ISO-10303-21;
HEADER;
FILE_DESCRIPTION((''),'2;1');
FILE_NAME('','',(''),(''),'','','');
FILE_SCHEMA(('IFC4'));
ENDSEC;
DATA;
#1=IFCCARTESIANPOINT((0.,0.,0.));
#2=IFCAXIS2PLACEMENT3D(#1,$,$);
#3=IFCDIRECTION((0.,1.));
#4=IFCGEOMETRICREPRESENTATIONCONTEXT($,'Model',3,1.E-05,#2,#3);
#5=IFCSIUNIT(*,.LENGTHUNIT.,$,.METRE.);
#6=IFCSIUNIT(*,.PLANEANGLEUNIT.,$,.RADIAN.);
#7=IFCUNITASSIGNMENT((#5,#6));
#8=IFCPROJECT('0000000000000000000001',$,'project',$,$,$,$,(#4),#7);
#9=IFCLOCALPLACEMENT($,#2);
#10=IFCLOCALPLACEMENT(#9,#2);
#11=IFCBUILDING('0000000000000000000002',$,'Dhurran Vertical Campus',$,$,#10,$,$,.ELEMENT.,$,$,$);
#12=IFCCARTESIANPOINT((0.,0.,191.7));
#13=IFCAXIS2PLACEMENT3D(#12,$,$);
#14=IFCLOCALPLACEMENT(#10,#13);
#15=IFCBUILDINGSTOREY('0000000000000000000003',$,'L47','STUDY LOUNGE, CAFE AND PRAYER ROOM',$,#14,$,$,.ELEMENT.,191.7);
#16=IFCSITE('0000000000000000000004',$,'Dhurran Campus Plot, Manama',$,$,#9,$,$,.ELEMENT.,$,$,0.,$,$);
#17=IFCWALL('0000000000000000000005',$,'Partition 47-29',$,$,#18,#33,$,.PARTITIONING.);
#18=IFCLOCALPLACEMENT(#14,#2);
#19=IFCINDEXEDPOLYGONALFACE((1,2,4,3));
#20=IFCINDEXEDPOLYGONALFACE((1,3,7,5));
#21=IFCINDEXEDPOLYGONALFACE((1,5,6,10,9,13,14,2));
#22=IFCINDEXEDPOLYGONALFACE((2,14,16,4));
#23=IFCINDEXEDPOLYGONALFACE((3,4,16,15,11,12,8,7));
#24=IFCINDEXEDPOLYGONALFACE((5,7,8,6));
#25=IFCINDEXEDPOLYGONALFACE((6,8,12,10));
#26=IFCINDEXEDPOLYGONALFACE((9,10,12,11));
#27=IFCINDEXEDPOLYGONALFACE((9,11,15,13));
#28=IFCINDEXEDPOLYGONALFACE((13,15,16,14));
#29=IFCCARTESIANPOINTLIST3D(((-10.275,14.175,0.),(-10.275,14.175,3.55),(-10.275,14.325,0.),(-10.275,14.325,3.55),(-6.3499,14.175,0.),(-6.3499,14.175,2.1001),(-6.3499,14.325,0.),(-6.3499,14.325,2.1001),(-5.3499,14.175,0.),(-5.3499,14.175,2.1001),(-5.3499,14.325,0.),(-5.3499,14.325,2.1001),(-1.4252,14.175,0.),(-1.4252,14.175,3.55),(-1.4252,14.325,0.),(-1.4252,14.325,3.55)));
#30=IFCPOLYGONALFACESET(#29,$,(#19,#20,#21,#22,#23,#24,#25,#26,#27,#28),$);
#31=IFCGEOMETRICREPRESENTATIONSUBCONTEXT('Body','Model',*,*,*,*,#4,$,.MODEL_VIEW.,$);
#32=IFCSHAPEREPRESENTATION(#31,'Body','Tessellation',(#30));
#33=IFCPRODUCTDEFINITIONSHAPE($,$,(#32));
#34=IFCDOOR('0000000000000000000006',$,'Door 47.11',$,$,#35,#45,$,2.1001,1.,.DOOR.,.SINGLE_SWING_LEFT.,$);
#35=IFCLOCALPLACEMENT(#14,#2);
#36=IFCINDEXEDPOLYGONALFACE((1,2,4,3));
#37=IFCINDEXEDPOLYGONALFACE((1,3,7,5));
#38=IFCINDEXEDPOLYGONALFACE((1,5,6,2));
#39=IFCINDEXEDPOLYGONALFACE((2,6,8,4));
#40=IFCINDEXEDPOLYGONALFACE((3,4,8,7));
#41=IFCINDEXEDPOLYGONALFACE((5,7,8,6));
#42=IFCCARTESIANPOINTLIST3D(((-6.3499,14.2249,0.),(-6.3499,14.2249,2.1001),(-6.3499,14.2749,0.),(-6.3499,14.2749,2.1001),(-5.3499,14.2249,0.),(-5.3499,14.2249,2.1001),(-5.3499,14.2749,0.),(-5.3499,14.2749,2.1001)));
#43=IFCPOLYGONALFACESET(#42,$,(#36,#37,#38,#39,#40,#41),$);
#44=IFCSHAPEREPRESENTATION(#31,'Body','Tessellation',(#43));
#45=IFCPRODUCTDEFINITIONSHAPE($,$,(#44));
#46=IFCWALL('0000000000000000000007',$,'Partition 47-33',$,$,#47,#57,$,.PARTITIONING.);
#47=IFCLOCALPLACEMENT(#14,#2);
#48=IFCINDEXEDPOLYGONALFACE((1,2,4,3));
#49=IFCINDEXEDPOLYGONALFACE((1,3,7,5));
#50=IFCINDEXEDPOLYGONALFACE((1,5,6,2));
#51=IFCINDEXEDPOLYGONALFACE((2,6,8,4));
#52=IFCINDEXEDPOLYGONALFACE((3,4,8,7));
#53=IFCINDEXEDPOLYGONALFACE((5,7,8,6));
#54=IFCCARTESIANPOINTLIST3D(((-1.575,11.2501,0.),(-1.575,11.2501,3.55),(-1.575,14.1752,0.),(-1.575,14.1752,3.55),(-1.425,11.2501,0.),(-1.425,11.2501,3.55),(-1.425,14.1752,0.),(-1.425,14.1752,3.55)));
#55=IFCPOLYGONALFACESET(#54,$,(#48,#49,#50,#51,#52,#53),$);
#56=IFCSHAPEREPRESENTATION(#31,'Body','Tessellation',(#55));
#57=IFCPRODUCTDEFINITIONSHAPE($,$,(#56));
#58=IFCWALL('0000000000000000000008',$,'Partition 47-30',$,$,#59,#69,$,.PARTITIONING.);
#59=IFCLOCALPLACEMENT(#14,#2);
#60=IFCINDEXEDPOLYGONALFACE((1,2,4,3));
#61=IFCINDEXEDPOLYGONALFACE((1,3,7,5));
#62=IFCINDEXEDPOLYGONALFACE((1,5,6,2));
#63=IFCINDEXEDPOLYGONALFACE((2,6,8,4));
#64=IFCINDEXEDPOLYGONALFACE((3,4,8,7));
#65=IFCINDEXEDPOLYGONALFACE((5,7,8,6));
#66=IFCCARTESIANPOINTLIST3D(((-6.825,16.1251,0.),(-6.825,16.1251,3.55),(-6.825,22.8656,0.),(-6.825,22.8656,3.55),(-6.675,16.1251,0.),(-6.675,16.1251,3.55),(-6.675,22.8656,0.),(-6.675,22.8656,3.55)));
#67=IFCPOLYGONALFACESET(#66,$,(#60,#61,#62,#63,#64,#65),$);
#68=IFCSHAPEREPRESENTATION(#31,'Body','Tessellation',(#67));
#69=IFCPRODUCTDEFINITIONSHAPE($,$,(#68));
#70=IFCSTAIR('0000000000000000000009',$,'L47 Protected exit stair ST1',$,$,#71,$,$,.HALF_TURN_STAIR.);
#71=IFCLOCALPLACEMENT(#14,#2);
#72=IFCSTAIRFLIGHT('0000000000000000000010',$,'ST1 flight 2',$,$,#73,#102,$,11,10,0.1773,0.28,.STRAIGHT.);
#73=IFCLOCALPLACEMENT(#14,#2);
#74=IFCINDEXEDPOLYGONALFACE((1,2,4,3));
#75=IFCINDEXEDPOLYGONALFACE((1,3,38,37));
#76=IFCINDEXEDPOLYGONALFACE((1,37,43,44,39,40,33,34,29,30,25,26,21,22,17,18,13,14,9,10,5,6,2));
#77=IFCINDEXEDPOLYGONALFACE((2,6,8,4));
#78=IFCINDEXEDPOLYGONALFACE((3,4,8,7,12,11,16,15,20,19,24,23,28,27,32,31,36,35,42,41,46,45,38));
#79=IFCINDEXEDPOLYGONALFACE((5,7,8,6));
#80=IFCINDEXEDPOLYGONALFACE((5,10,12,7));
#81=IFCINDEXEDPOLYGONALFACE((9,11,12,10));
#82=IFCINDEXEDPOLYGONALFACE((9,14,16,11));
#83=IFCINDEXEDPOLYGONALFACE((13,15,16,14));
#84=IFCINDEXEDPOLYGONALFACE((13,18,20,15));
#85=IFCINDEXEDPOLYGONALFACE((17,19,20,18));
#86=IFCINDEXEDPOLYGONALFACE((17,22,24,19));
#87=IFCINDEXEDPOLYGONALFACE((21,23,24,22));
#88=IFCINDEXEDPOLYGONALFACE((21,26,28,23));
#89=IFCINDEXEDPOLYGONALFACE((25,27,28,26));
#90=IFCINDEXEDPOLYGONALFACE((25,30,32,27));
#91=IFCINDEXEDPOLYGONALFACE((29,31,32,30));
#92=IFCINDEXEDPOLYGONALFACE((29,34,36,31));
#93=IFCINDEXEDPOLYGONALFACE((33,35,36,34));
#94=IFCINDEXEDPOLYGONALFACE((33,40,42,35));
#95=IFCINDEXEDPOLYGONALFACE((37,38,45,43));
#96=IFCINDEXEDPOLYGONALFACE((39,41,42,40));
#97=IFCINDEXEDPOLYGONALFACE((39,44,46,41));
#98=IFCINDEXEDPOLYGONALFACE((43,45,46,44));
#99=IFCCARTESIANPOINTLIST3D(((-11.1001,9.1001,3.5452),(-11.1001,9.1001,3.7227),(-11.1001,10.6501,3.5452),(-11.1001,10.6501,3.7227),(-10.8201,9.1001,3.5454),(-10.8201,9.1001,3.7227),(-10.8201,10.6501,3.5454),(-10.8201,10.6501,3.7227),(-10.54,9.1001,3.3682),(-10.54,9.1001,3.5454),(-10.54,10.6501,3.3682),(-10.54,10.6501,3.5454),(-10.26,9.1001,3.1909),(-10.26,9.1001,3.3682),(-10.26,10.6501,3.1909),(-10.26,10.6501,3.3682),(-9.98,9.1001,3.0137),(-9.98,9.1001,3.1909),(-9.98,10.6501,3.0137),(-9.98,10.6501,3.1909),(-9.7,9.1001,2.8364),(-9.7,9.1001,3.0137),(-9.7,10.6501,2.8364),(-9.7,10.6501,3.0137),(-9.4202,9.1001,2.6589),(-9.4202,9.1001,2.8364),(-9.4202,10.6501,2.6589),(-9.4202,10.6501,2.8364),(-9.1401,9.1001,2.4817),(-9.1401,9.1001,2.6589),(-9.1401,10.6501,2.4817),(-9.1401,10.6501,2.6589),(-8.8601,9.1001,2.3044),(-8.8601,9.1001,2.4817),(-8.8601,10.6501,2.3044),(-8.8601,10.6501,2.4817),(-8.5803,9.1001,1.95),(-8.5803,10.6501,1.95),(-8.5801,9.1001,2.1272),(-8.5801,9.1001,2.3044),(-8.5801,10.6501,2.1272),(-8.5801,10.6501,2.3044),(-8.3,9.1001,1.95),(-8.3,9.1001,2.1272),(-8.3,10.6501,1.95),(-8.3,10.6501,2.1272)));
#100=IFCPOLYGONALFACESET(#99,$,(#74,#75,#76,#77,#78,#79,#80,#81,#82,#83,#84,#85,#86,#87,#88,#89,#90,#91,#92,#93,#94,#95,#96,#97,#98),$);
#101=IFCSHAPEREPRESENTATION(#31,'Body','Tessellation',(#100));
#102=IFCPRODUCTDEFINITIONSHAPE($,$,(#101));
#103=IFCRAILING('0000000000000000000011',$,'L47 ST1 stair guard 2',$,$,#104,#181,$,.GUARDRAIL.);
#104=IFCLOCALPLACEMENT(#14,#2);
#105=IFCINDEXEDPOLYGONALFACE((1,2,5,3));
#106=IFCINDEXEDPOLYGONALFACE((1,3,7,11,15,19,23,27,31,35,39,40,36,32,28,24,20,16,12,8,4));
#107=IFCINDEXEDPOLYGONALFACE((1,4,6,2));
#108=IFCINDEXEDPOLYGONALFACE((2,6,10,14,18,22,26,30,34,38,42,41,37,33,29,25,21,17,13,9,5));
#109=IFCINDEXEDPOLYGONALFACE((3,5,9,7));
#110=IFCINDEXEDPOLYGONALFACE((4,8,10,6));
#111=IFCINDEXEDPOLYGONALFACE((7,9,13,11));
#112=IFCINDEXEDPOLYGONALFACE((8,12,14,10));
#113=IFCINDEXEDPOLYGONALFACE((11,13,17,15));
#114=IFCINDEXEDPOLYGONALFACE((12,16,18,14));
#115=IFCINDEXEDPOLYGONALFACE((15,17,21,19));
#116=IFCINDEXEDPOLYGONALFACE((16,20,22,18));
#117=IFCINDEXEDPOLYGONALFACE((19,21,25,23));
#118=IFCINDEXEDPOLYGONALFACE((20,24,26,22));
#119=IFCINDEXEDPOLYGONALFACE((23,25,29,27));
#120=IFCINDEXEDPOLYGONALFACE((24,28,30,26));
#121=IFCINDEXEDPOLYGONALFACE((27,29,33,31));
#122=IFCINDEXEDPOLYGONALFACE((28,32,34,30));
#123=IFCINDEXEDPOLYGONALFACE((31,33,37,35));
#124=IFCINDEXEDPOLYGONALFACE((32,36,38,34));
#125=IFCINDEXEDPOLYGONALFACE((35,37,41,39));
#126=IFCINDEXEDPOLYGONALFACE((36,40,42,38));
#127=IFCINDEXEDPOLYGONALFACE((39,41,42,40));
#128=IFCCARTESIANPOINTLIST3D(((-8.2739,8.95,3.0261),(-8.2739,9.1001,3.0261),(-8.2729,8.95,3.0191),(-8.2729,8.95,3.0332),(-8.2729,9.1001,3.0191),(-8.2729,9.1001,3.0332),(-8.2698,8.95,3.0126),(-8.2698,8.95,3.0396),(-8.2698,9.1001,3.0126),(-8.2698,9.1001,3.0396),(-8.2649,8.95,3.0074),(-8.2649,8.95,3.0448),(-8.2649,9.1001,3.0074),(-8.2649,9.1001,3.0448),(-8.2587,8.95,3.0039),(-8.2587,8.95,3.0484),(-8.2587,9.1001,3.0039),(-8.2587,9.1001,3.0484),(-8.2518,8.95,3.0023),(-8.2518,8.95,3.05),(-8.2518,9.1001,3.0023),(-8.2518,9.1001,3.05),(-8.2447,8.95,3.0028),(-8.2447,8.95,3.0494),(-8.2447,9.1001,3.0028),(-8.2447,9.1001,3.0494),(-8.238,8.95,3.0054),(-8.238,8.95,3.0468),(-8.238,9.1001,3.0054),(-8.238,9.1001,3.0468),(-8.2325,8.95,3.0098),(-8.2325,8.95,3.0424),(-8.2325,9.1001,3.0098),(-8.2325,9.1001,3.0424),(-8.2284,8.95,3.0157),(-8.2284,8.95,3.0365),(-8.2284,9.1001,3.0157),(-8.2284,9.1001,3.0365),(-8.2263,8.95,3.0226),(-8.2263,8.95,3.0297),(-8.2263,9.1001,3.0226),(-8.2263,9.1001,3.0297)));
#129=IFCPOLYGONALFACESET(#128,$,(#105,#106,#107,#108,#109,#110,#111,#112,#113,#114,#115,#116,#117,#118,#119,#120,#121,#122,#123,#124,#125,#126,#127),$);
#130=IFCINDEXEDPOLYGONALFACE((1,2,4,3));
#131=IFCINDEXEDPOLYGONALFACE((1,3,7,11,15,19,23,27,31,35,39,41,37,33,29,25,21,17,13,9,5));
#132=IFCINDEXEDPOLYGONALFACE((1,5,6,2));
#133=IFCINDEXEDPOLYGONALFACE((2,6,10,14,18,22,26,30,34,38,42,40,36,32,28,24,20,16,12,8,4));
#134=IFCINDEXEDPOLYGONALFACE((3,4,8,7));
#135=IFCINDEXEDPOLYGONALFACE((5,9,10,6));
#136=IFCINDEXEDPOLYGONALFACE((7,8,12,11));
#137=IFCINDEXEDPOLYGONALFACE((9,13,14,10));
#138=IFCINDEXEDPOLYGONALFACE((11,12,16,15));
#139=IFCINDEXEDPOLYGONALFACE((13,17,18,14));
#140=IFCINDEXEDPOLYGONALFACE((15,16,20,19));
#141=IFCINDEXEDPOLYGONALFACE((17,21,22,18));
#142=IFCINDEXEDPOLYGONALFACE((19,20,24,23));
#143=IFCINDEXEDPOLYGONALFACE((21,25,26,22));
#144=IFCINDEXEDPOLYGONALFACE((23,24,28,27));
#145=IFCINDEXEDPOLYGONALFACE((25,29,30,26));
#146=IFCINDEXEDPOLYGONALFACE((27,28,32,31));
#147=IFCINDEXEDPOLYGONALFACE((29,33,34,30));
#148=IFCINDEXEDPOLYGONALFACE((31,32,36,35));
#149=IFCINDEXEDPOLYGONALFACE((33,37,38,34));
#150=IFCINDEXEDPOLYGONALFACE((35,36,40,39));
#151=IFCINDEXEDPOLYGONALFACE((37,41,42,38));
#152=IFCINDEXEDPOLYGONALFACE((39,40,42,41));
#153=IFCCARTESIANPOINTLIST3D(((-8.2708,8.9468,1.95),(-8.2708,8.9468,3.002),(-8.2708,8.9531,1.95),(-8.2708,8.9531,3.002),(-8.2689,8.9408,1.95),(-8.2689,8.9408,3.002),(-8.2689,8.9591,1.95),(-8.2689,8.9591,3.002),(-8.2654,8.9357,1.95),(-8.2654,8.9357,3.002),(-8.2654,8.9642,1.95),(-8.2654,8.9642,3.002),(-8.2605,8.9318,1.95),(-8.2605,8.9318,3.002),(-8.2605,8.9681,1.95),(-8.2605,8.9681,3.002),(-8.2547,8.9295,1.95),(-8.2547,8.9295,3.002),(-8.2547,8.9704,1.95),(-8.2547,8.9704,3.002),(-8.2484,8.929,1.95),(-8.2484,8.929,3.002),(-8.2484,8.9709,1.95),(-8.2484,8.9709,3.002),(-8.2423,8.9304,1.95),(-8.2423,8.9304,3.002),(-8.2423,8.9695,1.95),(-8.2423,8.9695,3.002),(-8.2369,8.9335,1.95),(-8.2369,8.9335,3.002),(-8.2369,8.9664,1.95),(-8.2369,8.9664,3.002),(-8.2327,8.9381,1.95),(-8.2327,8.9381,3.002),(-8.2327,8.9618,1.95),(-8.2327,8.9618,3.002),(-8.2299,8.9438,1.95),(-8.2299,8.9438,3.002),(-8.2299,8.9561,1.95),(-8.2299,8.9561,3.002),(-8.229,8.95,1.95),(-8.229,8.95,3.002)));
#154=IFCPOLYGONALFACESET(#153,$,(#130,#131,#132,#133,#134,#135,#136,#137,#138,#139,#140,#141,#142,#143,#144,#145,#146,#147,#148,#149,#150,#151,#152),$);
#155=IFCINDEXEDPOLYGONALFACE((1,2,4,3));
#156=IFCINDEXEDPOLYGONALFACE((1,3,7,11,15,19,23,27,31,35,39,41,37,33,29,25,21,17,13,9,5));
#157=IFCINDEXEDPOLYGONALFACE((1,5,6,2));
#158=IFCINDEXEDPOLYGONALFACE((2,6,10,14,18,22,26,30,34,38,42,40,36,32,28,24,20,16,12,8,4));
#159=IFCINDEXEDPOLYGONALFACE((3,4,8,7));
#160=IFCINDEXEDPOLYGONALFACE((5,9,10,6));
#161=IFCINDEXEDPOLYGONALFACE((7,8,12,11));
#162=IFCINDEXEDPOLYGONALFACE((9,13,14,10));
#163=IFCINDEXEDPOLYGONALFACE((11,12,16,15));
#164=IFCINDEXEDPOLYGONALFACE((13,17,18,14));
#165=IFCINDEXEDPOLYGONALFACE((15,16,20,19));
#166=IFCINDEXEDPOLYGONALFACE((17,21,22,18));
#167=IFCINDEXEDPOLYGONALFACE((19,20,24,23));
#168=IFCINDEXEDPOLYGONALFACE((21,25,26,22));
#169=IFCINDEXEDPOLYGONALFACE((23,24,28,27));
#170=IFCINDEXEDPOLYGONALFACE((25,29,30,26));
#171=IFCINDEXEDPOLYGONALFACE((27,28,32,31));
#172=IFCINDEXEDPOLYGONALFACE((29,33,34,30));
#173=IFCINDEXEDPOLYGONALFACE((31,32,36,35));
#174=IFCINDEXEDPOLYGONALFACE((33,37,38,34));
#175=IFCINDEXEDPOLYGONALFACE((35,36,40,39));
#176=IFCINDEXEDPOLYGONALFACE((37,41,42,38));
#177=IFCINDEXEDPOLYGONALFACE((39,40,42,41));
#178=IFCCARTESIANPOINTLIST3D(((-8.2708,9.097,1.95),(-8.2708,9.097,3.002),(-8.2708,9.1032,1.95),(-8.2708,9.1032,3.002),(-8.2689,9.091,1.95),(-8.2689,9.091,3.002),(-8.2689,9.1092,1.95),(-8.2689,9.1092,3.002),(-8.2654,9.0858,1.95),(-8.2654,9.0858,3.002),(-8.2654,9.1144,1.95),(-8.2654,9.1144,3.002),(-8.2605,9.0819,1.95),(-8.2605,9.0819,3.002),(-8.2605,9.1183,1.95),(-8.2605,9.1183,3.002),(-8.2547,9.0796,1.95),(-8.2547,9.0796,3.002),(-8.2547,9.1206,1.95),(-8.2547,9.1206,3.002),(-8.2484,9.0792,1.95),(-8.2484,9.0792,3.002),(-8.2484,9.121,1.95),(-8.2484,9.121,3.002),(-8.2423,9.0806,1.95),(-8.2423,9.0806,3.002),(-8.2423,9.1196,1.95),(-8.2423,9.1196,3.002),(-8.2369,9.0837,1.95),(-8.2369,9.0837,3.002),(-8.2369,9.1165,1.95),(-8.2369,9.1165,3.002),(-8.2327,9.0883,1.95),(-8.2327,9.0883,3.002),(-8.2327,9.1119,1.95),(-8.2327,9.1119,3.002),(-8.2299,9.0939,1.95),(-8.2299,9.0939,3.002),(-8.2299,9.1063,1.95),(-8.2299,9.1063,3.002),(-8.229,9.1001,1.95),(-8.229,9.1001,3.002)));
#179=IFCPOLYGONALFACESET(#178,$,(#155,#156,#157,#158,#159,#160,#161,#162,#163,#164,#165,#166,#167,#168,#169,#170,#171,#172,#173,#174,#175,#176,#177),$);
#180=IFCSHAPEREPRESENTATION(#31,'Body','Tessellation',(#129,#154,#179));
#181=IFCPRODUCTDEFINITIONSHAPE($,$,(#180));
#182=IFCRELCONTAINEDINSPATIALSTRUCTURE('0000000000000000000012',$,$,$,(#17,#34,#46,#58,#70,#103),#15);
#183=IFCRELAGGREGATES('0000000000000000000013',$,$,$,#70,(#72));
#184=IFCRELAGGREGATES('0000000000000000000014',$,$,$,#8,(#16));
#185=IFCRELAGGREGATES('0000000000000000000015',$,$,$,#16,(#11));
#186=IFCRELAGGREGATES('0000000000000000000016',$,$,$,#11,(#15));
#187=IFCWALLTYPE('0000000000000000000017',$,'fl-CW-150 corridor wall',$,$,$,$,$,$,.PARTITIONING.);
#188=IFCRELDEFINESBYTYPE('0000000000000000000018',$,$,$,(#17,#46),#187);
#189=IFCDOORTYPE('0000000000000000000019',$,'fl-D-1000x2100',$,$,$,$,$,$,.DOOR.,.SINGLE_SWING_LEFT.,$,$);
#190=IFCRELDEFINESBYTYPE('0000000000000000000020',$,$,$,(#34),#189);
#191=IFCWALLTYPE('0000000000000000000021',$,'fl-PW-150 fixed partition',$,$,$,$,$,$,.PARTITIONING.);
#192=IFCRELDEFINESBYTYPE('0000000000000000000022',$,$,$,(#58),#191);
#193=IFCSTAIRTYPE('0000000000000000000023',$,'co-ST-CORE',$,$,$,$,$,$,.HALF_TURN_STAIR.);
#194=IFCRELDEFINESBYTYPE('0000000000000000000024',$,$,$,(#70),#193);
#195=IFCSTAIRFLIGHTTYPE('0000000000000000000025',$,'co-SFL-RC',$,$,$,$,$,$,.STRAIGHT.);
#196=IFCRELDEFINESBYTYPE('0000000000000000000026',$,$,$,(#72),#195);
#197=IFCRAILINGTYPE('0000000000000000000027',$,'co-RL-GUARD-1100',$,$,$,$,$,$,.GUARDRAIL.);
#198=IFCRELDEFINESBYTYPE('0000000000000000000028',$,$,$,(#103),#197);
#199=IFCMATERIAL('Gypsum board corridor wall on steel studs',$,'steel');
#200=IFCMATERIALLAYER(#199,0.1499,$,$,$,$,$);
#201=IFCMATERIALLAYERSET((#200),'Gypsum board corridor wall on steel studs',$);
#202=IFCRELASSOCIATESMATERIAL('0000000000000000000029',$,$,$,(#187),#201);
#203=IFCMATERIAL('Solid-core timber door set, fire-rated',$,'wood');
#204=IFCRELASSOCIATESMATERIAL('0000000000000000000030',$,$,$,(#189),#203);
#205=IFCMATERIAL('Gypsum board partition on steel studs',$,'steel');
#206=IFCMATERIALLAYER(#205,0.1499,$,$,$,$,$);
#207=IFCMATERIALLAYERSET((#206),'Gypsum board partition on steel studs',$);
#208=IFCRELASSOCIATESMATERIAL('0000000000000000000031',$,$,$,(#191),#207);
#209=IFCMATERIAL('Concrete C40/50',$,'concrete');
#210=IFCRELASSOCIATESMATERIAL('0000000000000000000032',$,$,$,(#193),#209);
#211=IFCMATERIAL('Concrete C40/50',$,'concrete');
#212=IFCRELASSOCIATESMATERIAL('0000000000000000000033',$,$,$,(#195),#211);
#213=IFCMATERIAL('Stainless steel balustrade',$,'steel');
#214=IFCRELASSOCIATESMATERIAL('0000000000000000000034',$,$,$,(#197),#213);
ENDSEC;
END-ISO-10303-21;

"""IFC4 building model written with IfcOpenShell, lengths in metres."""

from ifc_helpers import new_model, si_unit, direction, frame, frame_2d, origin, origin_2d, place, context, subcontext, project, spatial, polyline, rectangle, circle, outline, extrude, material, layer, layer_set, type_object, element, fill, aggregate, save


model = new_model("IFC4")

# Units and contexts
model_context = context("Model", 3, precision=1e-05, world=origin(), true_north=direction((0.0, 1.0)))
body_context = subcontext(model_context, "Body", "Model", "MODEL_VIEW")
ifc_project = project(units=[si_unit("LENGTHUNIT", "METRE"), si_unit("PLANEANGLEUNIT", "RADIAN")], contexts=[model_context])

# Site, building, storey
site_placement = place(None, origin())
site = spatial("IfcSite", under=ifc_project, at=site_placement, Name="Dhurran Campus Plot, Manama", CompositionType="ELEMENT", RefElevation=0.0)
building_placement = place(site_placement, origin())
building = spatial("IfcBuilding", under=site, at=building_placement, Name="Dhurran Vertical Campus", CompositionType="ELEMENT")
storey_placement = place(building_placement, frame((0.0, 0.0, 191.7)))
storey = spatial("IfcBuildingStorey", under=building, at=storey_placement, Name="L47", Description="STUDY LOUNGE, CAFE AND PRAYER ROOM", CompositionType="ELEMENT", Elevation=191.7)

# Shared definitions
ifc_material_1 = material(Name="Gypsum board corridor wall on steel studs", Category="steel")
ifc_layer_1 = layer(ifc_material_1, 0.1499)
ifc_layer_set_1 = layer_set([ifc_layer_1], Name="Gypsum board corridor wall on steel studs")
wall_type_1 = type_object("IfcWallType", Name="fl-CW-150 corridor wall", PredefinedType="PARTITIONING", material=ifc_layer_set_1)
ifc_material_2 = material(Name="Solid-core timber door set, fire-rated", Category="wood")
door_type = type_object("IfcDoorType", Name="fl-D-1000x2100", OperationType="SINGLE_SWING_LEFT", PredefinedType="DOOR", material=ifc_material_2)

# Wall, opening, door
wall_1_placement = place(storey_placement, frame((-10.2749, 14.25, 0.0), z_axis=(0.0, 0.0, 1.0), x_axis=(1.0, 0.0, 0.0)))
wall_1 = element("IfcWall", 1, at=wall_1_placement, inside=storey, type_object=wall_type_1, Name="Partition 47-29", PredefinedType="PARTITIONING", context=body_context, shape_type="SweptSolid", body=[
    extrude(rectangle(XDim=8.8499, YDim=0.1499, at=frame_2d((4.4248, 0.0))), origin(), (0.0, 0.0, 1.0), 3.55),
])
opening_1_placement = place(wall_1_placement, frame((3.925, 0.0, 0.0)))
opening_1 = element("IfcOpeningElement", 2, at=opening_1_placement, cuts=wall_1, PredefinedType="OPENING", context=body_context, shape_type="SweptSolid", body=[
    extrude(rectangle(XDim=1.0, YDim=2.1001, at=frame_2d((0.5, 1.05))), frame((0.0, 0.085, 0.0), z_axis=(0.0, -1.0, 0.0), x_axis=(1.0, 0.0, 0.0)), (0.0, 0.0, 1.0), 0.1699),
])
door_1_placement = place(opening_1_placement, origin())
door_1 = element("IfcDoor", 3, at=door_1_placement, inside=storey, type_object=door_type, Name="Door 47.11", OperationType="SINGLE_SWING_LEFT", OverallHeight=2.1001, OverallWidth=1.0, PredefinedType="DOOR", context=body_context, shape_type="SweptSolid", body=[
    extrude(rectangle(XDim=1.0, YDim=2.1001, at=frame_2d((0.5, 1.05))), frame((0.0, 0.0249, 0.0), z_axis=(0.0, -1.0, 0.0), x_axis=(1.0, 0.0, 0.0)), (0.0, 0.0, 1.0), 0.05),
])
fill(opening_1, door_1)

# Walls
wall_2_placement = place(storey_placement, frame((-1.5, 14.175, 0.0), z_axis=(0.0, 0.0, 1.0), x_axis=(0.0, -1.0, 0.0)))
element("IfcWall", 4, at=wall_2_placement, inside=storey, type_object=wall_type_1, Name="Partition 47-33", PredefinedType="PARTITIONING", context=body_context, shape_type="SweptSolid", body=[
    extrude(rectangle(XDim=2.925, YDim=0.1499, at=frame_2d((1.4624, 0.0))), origin(), (0.0, 0.0, 1.0), 3.55),
])
ifc_material_3 = material(Name="Gypsum board partition on steel studs", Category="steel")
ifc_layer_2 = layer(ifc_material_3, 0.1499)
ifc_layer_set_2 = layer_set([ifc_layer_2], Name="Gypsum board partition on steel studs")
wall_type_2 = type_object("IfcWallType", Name="fl-PW-150 fixed partition", PredefinedType="PARTITIONING", material=ifc_layer_set_2)
wall_3_placement = place(storey_placement, frame((-6.75, 22.8655, 0.0), z_axis=(0.0, 0.0, 1.0), x_axis=(0.0, -1.0, 0.0)))
element("IfcWall", 5, at=wall_3_placement, inside=storey, type_object=wall_type_2, Name="Partition 47-30", PredefinedType="PARTITIONING", context=body_context, shape_type="SweptSolid", body=[
    extrude(rectangle(XDim=6.7405, YDim=0.1499, at=frame_2d((3.3701, 0.0))), origin(), (0.0, 0.0, 1.0), 3.55),
])

# Stair, stair flight
ifc_material_4 = material(Name="Concrete C40/50", Category="concrete")
stair_type = type_object("IfcStairType", Name="co-ST-CORE", PredefinedType="HALF_TURN_STAIR", material=ifc_material_4)
stair_placement = place(storey_placement, origin())
stair = element("IfcStair", 6, at=stair_placement, inside=storey, type_object=stair_type, Name="L47 Protected exit stair ST1", PredefinedType="HALF_TURN_STAIR")
ifc_material_5 = material(Name="Concrete C40/50", Category="concrete")
stair_flight_type = type_object("IfcStairFlightType", Name="co-SFL-RC", PredefinedType="STRAIGHT", material=ifc_material_5)
stair_flight_placement = place(storey_placement, frame((-8.3, 9.875, 1.95), z_axis=(0.0, 0.0, 1.0), x_axis=(-1.0, 0.0, 0.0)))
stair_flight = element("IfcStairFlight", 7, at=stair_flight_placement, type_object=stair_flight_type, Name="ST1 flight 2", NumberOfRisers=11, NumberOfTreads=10, PredefinedType="STRAIGHT", RiserHeight=0.1773, TreadLength=0.28, context=body_context, shape_type="SweptSolid", body=[
    extrude(outline(polyline([(0.0, 0.0), (0.0, 0.1772), (0.28, 0.1772), (0.28, 0.3545), (0.5601, 0.3545), (0.5601, 0.5317), (0.8401, 0.5317), (0.8401, 0.709), (1.1201, 0.709), (1.1201, 0.8865), (1.3999, 0.8865), (1.3999, 1.0637), (1.6799, 1.0637), (1.6799, 1.241), (1.96, 1.241), (1.96, 1.4182), (2.24, 1.4182), (2.24, 1.5955), (2.52, 1.5955), (2.52, 1.7727), (2.8, 1.7727), (2.8, 1.95), (2.8, 1.5952), (0.2803, 0.0), (0.0, 0.0)])), frame((0.0, 0.7749, 0.0), z_axis=(0.0, -1.0, 0.0), x_axis=(1.0, 0.0, 0.0)), (0.0, 0.0, 1.0), 1.55),
])
aggregate(stair, [stair_flight])

# Railing
ifc_material_6 = material(Name="Stainless steel balustrade", Category="steel")
railing_type_1 = type_object("IfcRailingType", Name="co-RL-GUARD-1100", PredefinedType="GUARDRAIL", material=ifc_material_6)
railing_1_placement = place(storey_placement, frame((-8.25, 8.95, 1.95)))
element("IfcRailing", 8, at=railing_1_placement, inside=storey, type_object=railing_type_1, Name="L47 ST1 stair guard 2", PredefinedType="GUARDRAIL", context=body_context, shape_type="SweptSolid", body=[
    extrude(circle(Radius=0.0239, at=origin_2d()), frame((0.0, 0.0, 1.0762), z_axis=(0.0, 1.0, 0.0), x_axis=(-1.0, 0.0, 0.0)), (0.0, 0.0, 1.0), 0.1501),
    extrude(circle(Radius=0.021, at=origin_2d()), origin(), (0.0, 0.0, 1.0), 1.052),
    extrude(circle(Radius=0.021, at=origin_2d()), frame((0.0, 0.1501, 0.0)), (0.0, 0.0, 1.0), 1.052),
])

save(model, "model.ifc")
